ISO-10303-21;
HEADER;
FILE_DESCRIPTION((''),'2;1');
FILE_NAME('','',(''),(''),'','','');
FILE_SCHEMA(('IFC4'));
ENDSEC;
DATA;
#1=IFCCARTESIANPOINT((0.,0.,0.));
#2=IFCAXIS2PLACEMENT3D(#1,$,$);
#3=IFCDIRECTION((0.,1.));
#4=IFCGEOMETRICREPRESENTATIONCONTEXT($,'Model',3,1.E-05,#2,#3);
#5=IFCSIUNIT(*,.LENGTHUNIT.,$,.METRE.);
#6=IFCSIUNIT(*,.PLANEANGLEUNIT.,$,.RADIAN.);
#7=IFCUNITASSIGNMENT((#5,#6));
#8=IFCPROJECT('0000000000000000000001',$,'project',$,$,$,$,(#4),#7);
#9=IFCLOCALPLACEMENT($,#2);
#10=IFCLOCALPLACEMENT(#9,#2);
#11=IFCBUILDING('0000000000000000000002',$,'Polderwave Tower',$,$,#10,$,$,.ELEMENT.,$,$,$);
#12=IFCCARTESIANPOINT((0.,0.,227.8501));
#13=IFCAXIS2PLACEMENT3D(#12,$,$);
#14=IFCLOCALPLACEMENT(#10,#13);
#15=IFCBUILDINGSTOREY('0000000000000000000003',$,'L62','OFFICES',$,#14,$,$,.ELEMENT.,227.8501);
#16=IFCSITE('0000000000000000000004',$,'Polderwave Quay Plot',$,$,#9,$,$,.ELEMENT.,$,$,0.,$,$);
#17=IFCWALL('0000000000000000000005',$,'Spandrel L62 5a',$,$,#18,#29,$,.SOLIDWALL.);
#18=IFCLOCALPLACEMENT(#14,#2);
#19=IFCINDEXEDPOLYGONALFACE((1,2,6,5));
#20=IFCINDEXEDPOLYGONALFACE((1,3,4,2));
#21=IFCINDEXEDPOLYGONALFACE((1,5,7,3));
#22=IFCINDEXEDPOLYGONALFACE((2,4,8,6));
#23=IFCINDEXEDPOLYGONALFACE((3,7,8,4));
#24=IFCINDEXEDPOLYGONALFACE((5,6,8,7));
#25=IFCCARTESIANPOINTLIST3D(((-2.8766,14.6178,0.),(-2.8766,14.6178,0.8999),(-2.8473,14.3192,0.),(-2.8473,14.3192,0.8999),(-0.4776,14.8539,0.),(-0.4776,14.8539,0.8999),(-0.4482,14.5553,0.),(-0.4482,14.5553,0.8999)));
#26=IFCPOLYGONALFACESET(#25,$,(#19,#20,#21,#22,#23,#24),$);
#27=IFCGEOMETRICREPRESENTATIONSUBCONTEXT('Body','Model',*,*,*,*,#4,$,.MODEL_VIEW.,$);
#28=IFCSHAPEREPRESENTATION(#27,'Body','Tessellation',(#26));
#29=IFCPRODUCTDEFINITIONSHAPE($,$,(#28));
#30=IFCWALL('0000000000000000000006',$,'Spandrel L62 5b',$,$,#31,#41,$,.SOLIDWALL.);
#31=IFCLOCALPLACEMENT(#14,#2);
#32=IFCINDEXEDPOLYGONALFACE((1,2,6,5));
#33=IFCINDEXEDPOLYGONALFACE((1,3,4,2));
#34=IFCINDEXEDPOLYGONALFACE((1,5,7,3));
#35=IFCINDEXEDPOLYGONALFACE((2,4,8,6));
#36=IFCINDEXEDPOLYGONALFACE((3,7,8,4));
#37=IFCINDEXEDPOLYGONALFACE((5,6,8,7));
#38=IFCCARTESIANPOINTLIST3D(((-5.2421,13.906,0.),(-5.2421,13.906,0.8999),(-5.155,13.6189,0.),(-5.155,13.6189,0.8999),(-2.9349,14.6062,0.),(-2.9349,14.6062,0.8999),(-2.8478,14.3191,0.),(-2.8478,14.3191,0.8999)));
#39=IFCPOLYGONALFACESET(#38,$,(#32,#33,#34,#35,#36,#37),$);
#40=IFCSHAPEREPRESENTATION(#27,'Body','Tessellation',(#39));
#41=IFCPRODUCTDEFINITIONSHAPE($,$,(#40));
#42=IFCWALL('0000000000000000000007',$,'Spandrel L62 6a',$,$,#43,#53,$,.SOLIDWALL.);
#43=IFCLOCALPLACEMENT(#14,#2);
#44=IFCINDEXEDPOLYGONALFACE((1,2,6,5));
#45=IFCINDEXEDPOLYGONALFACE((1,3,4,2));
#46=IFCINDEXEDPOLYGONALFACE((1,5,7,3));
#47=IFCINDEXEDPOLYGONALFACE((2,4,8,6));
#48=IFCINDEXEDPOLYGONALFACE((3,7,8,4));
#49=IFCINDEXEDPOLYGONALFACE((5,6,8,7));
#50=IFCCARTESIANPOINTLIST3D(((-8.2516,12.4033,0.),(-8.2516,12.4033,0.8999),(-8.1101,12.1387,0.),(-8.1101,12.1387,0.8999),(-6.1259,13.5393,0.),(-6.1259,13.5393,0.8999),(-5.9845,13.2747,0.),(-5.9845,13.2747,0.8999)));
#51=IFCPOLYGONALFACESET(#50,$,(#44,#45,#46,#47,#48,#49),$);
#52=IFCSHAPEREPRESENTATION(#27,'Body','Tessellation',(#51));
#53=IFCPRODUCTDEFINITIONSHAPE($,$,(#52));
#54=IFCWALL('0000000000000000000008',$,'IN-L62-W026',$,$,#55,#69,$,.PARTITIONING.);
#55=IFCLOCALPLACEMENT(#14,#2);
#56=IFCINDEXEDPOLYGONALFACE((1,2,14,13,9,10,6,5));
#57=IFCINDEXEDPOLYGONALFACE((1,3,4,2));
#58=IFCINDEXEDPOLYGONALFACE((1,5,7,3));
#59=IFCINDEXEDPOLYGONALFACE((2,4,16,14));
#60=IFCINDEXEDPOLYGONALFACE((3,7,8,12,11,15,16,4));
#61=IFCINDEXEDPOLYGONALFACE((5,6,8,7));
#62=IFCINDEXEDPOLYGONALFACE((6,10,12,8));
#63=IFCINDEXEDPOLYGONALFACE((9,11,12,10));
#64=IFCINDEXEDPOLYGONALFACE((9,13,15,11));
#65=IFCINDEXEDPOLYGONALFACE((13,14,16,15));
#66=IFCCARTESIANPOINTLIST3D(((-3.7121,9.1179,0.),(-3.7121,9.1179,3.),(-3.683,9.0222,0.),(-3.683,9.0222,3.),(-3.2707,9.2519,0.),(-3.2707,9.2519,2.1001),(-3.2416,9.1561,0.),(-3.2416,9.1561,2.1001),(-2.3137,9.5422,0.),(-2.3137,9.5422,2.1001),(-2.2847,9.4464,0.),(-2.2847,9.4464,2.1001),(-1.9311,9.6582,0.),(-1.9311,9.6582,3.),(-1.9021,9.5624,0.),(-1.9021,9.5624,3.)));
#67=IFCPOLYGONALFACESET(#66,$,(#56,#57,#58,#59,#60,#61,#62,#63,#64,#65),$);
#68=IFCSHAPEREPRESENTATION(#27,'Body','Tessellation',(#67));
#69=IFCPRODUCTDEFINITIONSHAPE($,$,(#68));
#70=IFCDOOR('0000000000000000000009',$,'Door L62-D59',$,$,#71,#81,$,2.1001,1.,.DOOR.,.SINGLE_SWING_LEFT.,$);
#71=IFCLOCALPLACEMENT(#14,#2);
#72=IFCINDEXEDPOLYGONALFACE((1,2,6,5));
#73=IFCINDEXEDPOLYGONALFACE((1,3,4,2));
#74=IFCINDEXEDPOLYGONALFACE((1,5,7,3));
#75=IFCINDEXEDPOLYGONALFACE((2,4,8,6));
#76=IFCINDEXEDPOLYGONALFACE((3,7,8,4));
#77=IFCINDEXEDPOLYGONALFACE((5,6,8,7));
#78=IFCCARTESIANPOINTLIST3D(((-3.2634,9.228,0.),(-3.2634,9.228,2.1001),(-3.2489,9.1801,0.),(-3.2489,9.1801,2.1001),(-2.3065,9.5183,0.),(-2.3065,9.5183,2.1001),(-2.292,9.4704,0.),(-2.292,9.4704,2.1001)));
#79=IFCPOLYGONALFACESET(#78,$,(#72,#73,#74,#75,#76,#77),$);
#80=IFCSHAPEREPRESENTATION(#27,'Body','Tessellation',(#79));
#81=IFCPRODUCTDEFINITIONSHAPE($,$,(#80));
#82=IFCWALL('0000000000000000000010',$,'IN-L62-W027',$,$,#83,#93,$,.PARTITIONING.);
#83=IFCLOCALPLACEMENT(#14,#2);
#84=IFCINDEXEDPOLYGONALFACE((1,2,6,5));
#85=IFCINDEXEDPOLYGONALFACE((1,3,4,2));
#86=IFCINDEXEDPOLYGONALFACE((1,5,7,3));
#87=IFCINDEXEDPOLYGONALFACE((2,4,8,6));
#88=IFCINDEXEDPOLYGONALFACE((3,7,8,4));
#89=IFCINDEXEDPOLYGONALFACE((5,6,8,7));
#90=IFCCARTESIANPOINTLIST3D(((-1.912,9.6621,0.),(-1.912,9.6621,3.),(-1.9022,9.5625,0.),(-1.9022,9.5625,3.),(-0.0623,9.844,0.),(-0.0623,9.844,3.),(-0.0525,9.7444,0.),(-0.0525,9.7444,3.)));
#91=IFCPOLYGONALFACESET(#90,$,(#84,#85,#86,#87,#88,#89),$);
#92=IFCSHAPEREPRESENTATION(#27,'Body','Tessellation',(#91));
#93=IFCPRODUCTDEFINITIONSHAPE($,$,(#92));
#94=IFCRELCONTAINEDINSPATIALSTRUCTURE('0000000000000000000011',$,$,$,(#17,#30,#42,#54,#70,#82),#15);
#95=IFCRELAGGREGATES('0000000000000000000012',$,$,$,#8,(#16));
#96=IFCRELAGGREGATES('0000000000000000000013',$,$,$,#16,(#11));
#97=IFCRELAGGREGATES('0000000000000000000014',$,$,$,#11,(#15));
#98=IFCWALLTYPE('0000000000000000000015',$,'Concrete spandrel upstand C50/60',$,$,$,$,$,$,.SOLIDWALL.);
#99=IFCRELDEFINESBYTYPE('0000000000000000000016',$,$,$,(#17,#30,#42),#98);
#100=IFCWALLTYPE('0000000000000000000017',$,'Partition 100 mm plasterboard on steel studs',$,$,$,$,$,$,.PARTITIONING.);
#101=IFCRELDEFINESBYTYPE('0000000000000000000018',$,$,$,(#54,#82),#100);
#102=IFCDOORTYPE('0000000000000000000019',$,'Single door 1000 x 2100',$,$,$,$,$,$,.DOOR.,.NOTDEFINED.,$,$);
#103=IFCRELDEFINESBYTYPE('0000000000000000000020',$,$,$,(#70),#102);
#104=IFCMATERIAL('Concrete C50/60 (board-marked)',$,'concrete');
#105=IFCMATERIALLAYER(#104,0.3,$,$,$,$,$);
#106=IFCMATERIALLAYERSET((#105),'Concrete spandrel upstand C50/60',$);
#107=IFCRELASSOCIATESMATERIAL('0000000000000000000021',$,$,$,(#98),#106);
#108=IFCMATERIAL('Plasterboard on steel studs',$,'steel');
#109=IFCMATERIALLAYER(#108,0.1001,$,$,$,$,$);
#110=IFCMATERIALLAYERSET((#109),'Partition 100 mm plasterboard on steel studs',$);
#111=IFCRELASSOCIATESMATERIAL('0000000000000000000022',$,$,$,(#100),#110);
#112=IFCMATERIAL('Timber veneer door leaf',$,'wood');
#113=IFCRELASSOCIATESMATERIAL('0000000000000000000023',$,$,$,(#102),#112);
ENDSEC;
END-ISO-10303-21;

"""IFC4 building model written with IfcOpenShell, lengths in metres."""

from ifc_helpers import new_model, si_unit, direction, frame, frame_2d, origin, place, context, subcontext, project, spatial, rectangle, extrude, material, layer, layer_set, type_object, element, fill, save


model = new_model("IFC4")

# Units and contexts
model_context = context("Model", 3, precision=1e-05, world=origin(), true_north=direction((0.0, 1.0)))
body_context = subcontext(model_context, "Body", "Model", "MODEL_VIEW")
ifc_project = project(units=[si_unit("LENGTHUNIT", "METRE"), si_unit("PLANEANGLEUNIT", "RADIAN")], contexts=[model_context])

# Site, building, storey
site_placement = place(None, origin())
site = spatial("IfcSite", under=ifc_project, at=site_placement, Name="Polderwave Quay Plot", CompositionType="ELEMENT", RefElevation=0.0)
building_placement = place(site_placement, origin())
building = spatial("IfcBuilding", under=site, at=building_placement, Name="Polderwave Tower", CompositionType="ELEMENT")
storey_placement = place(building_placement, frame((0.0, 0.0, 227.8501)))
storey = spatial("IfcBuildingStorey", under=building, at=storey_placement, Name="L62", Description="OFFICES", CompositionType="ELEMENT", Elevation=227.8501)

# Walls
ifc_material_1 = material(Name="Concrete C50/60 (board-marked)", Category="concrete")
ifc_layer_1 = layer(ifc_material_1, 0.3)
ifc_layer_set_1 = layer_set([ifc_layer_1], Name="Concrete spandrel upstand C50/60")
wall_type_1 = type_object("IfcWallType", Name="Concrete spandrel upstand C50/60", PredefinedType="SOLIDWALL", material=ifc_layer_set_1)
wall_1_placement = place(storey_placement, frame((-0.4629, 14.7046, 0.0), z_axis=(0.0, 0.0, 1.0), x_axis=(-0.995193, -0.097929, 0.0)))
element("IfcWall", 1, at=wall_1_placement, inside=storey, type_object=wall_type_1, Name="Spandrel L62 5a", PredefinedType="SOLIDWALL", context=body_context, shape_type="SweptSolid", body=[
    extrude(rectangle(XDim=2.4106, YDim=0.3, at=frame_2d((1.2053, 0.0))), origin(), (0.0, 0.0, 1.0), 0.8999),
])
wall_2_placement = place(storey_placement, frame((-2.8914, 14.4626, 0.0), z_axis=(0.0, 0.0, 1.0), x_axis=(-0.956902, -0.290412, 0.0)))
element("IfcWall", 2, at=wall_2_placement, inside=storey, type_object=wall_type_1, Name="Spandrel L62 5b", PredefinedType="SOLIDWALL", context=body_context, shape_type="SweptSolid", body=[
    extrude(rectangle(XDim=2.4111, YDim=0.3, at=frame_2d((1.2056, 0.0))), origin(), (0.0, 0.0, 1.0), 0.8999),
])
wall_3_placement = place(storey_placement, frame((-6.0552, 13.407, 0.0), z_axis=(0.0, 0.0, 1.0), x_axis=(-0.881963, -0.471319, 0.0)))
element("IfcWall", 3, at=wall_3_placement, inside=storey, type_object=wall_type_1, Name="Spandrel L62 6a", PredefinedType="SOLIDWALL", context=body_context, shape_type="SweptSolid", body=[
    extrude(rectangle(XDim=2.4102, YDim=0.3, at=frame_2d((1.2051, 0.0))), origin(), (0.0, 0.0, 1.0), 0.8999),
])

# Wall, opening, door
ifc_material_2 = material(Name="Plasterboard on steel studs", Category="steel")
ifc_layer_2 = layer(ifc_material_2, 0.1001)
ifc_layer_set_2 = layer_set([ifc_layer_2], Name="Partition 100 mm plasterboard on steel studs")
wall_type_2 = type_object("IfcWallType", Name="Partition 100 mm plasterboard on steel studs", PredefinedType="PARTITIONING", material=ifc_layer_set_2)
wall_4_placement = place(storey_placement, frame((-1.9165, 9.6104, 0.0), z_axis=(0.0, 0.0, 1.0), x_axis=(-0.956937, -0.290295, 0.0)))
wall_4 = element("IfcWall", 4, at=wall_4_placement, inside=storey, type_object=wall_type_2, Name="IN-L62-W026", PredefinedType="PARTITIONING", context=body_context, shape_type="SweptSolid", body=[
    extrude(rectangle(XDim=1.8611, YDim=0.1001, at=frame_2d((0.9307, 0.0))), origin(), (0.0, 0.0, 1.0), 3.0),
])
opening_placement = place(wall_4_placement, frame((0.3999, 0.0, 0.0)))
opening = element("IfcOpeningElement", 5, at=opening_placement, cuts=wall_4, PredefinedType="OPENING", context=body_context, shape_type="SweptSolid", body=[
    extrude(rectangle(XDim=1.0, YDim=2.1001, at=frame_2d((0.5, 1.05))), frame((0.0, 0.0601, 0.0), z_axis=(0.0, -1.0, 0.0), x_axis=(1.0, 0.0, 0.0)), (0.0, 0.0, 1.0), 0.1201),
])
ifc_material_3 = material(Name="Timber veneer door leaf", Category="wood")
door_type = type_object("IfcDoorType", Name="Single door 1000 x 2100", OperationType="NOTDEFINED", PredefinedType="DOOR", material=ifc_material_3)
door_placement = place(opening_placement, origin())
door = element("IfcDoor", 6, at=door_placement, inside=storey, type_object=door_type, Name="Door L62-D59", OperationType="SINGLE_SWING_LEFT", OverallHeight=2.1001, OverallWidth=1.0, PredefinedType="DOOR", context=body_context, shape_type="SweptSolid", body=[
    extrude(rectangle(XDim=1.0, YDim=2.1001, at=frame_2d((0.5, 1.05))), frame((0.0, 0.0249, 0.0), z_axis=(0.0, -1.0, 0.0), x_axis=(1.0, 0.0, 0.0)), (0.0, 0.0, 1.0), 0.05),
])
fill(opening, door)

# Wall
wall_5_placement = place(storey_placement, frame((-1.907, 9.6123, 0.0), z_axis=(0.0, 0.0, 1.0), x_axis=(0.9952, 0.097865, 0.0)))
element("IfcWall", 7, at=wall_5_placement, inside=storey, type_object=wall_type_2, Name="IN-L62-W027", PredefinedType="PARTITIONING", context=body_context, shape_type="SweptSolid", body=[
    extrude(rectangle(XDim=1.8586, YDim=0.1001, at=frame_2d((0.9292, 0.0))), origin(), (0.0, 0.0, 1.0), 3.0),
])

save(model, "model.ifc")
